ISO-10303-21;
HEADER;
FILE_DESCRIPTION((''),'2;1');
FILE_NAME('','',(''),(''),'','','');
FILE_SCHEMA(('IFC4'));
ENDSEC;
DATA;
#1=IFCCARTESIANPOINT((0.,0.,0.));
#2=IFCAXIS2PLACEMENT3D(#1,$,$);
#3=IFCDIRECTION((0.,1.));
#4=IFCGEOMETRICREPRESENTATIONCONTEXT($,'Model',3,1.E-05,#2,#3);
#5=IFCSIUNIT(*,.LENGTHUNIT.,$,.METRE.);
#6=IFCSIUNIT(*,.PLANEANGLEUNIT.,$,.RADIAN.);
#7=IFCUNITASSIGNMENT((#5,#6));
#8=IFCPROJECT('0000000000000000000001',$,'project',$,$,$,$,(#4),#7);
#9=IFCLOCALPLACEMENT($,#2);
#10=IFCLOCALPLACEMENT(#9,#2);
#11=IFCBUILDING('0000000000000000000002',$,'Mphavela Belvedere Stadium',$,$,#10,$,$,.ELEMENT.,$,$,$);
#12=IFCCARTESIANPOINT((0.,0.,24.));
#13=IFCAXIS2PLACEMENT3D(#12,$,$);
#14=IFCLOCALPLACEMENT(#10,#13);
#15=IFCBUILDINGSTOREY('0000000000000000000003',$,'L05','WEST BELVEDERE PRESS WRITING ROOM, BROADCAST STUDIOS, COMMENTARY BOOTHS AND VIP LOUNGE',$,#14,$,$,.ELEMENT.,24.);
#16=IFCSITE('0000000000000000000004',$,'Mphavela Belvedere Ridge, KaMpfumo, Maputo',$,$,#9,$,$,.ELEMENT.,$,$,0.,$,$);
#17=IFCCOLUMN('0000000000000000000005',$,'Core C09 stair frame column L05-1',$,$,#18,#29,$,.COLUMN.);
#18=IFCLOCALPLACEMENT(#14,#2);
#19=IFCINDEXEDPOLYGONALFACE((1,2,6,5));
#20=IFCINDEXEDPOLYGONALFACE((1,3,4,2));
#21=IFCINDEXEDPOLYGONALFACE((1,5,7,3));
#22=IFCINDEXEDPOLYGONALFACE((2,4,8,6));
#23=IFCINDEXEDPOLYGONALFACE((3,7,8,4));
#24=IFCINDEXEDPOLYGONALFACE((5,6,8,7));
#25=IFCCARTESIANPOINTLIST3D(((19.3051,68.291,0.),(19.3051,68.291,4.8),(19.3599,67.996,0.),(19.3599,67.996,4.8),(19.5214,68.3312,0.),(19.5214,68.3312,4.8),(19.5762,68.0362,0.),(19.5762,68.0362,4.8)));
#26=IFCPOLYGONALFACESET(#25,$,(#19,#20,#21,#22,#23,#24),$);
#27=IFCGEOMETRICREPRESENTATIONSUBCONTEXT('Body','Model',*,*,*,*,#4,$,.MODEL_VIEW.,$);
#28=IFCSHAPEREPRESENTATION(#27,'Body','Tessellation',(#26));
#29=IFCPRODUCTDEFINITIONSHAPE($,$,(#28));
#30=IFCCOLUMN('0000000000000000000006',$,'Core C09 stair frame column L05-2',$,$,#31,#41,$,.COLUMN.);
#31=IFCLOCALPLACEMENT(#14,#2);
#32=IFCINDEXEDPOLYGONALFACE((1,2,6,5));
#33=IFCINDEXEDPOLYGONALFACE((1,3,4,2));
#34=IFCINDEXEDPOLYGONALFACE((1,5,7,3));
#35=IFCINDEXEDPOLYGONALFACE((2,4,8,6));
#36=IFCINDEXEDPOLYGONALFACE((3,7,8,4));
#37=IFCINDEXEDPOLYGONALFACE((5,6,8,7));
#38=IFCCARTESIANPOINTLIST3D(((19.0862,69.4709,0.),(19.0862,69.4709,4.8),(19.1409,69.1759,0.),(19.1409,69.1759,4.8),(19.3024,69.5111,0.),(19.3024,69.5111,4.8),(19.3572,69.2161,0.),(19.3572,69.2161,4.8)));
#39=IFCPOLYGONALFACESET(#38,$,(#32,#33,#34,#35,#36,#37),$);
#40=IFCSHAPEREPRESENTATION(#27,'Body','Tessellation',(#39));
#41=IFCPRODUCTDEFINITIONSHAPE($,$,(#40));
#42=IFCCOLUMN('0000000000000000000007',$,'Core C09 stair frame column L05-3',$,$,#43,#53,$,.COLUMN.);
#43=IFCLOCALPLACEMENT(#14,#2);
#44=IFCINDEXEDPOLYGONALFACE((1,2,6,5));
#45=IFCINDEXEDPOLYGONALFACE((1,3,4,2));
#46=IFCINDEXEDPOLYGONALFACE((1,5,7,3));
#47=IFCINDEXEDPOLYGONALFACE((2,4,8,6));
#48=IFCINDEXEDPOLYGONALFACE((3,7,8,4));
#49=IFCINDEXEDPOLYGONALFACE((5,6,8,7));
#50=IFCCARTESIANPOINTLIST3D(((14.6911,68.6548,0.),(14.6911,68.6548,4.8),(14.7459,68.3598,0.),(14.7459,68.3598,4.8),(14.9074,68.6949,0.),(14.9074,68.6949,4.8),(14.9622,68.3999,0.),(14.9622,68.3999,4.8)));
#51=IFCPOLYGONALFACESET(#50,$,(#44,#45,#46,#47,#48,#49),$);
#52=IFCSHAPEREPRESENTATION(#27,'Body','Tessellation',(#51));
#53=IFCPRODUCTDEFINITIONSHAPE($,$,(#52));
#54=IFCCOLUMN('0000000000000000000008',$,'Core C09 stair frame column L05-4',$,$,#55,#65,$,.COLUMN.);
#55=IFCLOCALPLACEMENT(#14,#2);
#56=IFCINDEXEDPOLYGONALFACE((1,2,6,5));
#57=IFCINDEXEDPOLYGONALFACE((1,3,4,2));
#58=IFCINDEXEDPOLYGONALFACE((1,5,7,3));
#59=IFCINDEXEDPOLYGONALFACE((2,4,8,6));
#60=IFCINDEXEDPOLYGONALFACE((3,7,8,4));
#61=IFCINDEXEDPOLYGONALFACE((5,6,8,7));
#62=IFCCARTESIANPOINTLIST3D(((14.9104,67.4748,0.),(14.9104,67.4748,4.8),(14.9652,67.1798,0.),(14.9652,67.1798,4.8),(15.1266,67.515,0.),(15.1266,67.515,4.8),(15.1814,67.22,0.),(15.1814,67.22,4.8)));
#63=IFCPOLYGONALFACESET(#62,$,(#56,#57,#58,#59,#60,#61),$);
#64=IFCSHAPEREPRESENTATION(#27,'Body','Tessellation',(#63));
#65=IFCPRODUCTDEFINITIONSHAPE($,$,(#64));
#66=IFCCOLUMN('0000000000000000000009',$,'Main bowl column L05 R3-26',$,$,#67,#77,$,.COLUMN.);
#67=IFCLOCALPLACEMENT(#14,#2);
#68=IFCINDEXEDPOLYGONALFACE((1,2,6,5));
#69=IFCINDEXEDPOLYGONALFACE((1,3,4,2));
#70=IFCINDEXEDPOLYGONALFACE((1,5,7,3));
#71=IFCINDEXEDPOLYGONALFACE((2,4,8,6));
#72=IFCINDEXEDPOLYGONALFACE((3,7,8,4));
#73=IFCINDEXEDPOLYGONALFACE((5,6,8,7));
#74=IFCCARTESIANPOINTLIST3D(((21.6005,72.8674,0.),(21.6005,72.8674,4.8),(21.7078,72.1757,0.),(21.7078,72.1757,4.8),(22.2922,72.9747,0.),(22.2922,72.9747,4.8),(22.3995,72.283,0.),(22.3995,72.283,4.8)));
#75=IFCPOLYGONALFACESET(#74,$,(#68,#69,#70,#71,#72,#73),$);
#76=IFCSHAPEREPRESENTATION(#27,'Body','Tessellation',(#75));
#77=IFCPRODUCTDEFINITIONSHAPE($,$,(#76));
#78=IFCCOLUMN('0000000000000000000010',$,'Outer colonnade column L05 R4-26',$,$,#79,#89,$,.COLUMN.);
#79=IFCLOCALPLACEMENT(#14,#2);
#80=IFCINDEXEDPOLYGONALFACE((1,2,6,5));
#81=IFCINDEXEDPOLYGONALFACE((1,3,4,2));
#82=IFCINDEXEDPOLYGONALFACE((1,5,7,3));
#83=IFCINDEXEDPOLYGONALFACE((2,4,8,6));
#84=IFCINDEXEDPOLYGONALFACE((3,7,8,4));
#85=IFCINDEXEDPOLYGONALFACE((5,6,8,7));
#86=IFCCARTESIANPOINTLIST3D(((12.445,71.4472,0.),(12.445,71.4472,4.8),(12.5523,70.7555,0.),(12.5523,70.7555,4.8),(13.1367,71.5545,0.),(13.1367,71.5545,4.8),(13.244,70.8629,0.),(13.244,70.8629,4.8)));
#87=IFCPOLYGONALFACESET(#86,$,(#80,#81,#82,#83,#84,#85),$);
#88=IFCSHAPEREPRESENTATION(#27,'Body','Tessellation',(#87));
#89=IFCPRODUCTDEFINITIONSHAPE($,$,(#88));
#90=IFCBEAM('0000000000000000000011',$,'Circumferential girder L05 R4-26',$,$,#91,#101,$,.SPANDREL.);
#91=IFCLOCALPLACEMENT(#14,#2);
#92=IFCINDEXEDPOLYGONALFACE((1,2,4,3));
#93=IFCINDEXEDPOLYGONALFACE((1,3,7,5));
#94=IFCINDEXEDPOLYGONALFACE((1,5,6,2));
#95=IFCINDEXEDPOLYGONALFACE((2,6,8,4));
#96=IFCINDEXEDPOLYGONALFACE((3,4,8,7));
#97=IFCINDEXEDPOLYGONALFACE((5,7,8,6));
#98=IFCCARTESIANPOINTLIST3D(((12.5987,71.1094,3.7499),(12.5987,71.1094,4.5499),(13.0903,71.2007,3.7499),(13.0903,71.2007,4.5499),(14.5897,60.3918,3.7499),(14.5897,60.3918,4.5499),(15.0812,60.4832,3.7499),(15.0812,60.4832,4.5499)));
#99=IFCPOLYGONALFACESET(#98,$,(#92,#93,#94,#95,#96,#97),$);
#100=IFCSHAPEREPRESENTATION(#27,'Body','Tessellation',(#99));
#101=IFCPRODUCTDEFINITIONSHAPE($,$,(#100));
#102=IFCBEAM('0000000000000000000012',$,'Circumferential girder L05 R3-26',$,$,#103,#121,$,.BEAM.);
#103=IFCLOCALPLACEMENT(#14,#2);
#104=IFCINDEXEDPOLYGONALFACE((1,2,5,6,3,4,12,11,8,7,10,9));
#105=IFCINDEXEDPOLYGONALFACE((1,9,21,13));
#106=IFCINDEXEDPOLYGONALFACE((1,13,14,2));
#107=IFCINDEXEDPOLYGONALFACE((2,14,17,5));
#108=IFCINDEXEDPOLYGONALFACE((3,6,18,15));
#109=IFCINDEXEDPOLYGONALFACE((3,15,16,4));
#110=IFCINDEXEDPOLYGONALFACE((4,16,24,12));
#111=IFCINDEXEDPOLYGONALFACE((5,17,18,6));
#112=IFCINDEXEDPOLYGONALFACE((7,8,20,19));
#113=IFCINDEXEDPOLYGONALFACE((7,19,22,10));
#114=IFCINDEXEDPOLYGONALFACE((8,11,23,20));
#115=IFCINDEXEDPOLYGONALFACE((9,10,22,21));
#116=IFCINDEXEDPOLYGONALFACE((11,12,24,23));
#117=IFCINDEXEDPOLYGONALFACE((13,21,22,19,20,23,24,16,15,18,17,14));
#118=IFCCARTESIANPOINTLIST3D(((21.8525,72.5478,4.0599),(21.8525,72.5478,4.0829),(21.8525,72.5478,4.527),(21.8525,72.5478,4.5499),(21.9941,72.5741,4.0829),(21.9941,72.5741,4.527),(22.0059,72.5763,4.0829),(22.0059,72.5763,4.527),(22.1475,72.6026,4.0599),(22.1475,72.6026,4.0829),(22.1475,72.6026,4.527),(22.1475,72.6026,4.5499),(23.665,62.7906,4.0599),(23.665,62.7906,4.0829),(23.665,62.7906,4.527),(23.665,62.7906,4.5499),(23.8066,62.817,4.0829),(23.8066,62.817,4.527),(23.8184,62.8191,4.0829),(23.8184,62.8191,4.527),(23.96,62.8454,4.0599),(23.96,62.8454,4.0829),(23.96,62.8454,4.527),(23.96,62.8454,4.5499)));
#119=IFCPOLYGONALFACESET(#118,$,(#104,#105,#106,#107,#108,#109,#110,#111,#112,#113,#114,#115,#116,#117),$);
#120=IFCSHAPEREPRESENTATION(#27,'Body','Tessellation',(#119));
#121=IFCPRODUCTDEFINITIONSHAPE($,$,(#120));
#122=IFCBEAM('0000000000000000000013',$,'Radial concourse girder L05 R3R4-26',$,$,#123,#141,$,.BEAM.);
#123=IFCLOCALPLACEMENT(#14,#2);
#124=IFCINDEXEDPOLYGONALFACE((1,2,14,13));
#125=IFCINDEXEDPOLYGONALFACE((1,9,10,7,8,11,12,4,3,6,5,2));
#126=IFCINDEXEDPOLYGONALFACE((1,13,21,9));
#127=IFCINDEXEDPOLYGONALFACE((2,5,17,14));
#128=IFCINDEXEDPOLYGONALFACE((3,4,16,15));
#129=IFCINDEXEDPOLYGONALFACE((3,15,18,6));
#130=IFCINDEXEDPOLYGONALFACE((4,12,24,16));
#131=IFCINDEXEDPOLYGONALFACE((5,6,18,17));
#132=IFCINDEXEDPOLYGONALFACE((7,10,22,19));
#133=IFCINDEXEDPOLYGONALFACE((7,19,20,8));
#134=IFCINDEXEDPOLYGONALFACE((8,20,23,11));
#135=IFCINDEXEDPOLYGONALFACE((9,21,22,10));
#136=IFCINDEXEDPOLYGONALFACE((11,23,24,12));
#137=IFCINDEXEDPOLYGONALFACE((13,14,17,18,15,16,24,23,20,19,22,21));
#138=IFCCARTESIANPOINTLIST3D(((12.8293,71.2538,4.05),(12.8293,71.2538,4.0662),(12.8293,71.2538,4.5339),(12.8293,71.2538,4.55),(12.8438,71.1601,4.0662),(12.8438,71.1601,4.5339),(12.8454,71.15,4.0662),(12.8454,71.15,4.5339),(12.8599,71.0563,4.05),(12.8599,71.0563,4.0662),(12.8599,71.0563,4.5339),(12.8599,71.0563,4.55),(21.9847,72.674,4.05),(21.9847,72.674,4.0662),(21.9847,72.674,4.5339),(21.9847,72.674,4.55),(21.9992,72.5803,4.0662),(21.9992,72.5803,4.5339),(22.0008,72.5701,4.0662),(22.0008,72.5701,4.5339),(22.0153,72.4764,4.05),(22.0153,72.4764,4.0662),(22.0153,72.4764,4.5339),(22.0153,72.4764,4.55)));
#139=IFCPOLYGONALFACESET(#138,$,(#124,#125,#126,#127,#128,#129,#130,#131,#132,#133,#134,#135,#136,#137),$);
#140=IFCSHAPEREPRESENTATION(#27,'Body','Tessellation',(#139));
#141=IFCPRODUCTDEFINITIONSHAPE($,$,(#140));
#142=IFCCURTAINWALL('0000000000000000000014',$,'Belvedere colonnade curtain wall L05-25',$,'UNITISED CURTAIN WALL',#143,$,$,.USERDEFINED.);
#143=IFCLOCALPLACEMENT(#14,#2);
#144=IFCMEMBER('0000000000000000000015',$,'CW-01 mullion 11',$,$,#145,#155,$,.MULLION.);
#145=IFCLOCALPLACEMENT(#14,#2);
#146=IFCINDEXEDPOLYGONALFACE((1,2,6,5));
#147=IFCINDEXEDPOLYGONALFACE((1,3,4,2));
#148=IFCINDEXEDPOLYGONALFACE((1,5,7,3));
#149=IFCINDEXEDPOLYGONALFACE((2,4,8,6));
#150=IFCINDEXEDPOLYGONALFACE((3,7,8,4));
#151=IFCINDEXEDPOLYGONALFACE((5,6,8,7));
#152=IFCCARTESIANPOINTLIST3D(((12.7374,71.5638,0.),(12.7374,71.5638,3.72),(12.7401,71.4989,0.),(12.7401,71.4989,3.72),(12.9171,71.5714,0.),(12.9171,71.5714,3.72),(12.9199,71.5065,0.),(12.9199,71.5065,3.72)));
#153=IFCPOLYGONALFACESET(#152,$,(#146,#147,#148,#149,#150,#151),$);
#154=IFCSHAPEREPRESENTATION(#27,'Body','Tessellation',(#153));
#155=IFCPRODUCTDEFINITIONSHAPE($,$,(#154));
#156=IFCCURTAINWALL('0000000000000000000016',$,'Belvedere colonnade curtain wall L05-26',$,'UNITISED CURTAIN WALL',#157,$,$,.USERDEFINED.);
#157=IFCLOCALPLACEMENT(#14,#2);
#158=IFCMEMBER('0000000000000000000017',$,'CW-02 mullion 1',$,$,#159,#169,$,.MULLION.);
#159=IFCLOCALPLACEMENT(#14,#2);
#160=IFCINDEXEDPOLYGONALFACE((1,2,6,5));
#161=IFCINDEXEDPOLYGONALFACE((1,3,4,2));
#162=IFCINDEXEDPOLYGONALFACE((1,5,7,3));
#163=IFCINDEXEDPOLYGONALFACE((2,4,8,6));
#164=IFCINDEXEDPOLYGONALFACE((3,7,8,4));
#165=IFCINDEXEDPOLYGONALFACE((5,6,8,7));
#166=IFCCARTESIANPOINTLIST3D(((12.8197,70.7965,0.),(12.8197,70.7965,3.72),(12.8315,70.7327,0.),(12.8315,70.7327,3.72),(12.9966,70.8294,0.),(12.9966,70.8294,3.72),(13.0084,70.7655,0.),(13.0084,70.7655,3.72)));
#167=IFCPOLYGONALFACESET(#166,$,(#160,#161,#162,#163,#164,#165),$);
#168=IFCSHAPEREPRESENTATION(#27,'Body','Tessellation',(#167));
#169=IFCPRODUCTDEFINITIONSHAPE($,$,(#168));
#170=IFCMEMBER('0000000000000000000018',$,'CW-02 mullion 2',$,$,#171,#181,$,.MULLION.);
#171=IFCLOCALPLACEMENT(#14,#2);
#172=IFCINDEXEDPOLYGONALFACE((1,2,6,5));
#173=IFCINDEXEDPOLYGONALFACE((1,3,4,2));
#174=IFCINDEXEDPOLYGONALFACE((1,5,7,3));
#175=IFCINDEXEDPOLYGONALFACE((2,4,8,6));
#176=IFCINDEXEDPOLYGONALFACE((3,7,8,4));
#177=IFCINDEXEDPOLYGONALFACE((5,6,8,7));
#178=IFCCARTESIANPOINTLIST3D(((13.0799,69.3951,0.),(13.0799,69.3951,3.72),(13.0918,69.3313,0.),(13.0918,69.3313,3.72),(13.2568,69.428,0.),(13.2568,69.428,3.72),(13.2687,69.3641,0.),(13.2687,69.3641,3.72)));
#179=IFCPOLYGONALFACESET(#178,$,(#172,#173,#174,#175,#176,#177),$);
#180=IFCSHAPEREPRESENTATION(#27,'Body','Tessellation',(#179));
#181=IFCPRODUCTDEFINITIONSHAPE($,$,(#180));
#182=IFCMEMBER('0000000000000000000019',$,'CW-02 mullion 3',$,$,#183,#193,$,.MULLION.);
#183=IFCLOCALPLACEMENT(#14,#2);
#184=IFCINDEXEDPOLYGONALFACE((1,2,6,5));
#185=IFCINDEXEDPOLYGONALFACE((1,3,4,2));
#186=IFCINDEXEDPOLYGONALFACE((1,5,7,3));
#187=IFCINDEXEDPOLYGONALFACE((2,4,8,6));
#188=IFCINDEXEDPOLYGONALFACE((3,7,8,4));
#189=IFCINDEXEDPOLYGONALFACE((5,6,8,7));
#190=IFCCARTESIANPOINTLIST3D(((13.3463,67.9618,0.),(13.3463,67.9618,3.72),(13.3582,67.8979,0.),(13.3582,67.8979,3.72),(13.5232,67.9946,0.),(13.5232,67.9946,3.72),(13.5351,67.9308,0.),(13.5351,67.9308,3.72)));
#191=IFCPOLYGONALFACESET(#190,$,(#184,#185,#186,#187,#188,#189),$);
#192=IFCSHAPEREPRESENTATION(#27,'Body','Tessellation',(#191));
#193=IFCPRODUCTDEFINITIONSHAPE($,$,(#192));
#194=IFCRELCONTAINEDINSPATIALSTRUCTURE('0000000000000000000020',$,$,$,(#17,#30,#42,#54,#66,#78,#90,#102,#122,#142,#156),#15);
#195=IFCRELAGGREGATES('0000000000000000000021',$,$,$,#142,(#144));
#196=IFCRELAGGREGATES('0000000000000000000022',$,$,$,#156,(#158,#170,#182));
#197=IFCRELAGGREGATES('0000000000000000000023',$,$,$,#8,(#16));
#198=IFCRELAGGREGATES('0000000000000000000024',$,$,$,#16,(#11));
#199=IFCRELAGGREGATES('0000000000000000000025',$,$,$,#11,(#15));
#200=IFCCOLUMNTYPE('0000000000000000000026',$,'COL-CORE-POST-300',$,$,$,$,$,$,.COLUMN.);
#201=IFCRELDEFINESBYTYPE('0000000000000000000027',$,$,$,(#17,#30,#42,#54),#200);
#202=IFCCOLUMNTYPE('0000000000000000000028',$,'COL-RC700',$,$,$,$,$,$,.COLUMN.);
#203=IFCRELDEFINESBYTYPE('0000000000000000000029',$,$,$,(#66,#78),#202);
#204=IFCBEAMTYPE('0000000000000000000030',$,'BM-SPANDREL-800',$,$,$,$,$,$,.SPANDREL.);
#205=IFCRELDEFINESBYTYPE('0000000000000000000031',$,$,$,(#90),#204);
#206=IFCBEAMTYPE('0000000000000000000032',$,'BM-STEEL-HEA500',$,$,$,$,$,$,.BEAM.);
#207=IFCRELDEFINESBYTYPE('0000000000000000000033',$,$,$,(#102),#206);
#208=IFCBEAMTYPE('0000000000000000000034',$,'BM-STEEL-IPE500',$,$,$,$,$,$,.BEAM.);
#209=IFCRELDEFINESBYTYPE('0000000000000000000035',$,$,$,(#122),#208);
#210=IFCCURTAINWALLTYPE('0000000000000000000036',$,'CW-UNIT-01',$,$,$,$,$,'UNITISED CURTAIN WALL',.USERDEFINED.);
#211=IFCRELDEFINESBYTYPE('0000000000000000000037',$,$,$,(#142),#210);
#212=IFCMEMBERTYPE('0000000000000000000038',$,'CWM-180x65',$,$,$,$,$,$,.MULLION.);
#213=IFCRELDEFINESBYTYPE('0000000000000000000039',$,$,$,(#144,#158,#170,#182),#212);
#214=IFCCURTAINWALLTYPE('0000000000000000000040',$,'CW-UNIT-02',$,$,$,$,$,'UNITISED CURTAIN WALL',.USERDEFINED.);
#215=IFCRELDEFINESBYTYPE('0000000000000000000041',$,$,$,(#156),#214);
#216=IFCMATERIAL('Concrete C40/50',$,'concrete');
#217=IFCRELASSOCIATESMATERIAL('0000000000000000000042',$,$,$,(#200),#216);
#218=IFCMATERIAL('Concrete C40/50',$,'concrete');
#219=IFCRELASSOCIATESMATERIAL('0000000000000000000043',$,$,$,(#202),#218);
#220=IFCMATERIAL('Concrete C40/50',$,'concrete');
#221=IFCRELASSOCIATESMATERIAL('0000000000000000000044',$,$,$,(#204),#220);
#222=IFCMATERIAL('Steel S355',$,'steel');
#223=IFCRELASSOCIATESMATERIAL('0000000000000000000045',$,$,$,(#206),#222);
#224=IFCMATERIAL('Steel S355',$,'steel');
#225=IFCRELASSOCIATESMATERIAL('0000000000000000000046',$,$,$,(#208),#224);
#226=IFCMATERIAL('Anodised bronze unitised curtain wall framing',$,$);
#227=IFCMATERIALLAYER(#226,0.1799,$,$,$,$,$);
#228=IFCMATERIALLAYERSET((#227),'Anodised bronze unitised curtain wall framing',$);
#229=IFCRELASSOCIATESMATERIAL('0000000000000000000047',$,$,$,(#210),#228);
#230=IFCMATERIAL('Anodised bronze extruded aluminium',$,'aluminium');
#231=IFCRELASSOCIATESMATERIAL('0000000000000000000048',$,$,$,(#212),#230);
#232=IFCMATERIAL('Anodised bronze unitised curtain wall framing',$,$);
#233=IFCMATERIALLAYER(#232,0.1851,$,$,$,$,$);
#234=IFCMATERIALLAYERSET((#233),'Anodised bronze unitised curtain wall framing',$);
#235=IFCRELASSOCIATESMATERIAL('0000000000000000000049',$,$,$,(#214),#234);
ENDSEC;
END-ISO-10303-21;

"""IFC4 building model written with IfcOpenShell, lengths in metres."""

from ifc_helpers import new_model, si_unit, direction, frame, origin, origin_2d, place, context, subcontext, project, spatial, rectangle, i_section, extrude, material, layer, layer_set, material_profile, profile_set, type_object, element, aggregate, save


model = new_model("IFC4")

# Units and contexts
model_context = context("Model", 3, precision=1e-05, world=origin(), true_north=direction((0.0, 1.0)))
body_context = subcontext(model_context, "Body", "Model", "MODEL_VIEW")
ifc_project = project(units=[si_unit("LENGTHUNIT", "METRE"), si_unit("PLANEANGLEUNIT", "RADIAN")], contexts=[model_context])

# Site, building, storey
site_placement = place(None, origin())
site = spatial("IfcSite", under=ifc_project, at=site_placement, Name="Mphavela Belvedere Ridge, KaMpfumo, Maputo", CompositionType="ELEMENT", RefElevation=0.0)
building_placement = place(site_placement, origin())
building = spatial("IfcBuilding", under=site, at=building_placement, Name="Mphavela Belvedere Stadium", CompositionType="ELEMENT")
storey_placement = place(building_placement, frame((0.0, 0.0, 24.0)))
storey = spatial("IfcBuildingStorey", under=building, at=storey_placement, Name="L05", Description="WEST BELVEDERE PRESS WRITING ROOM, BROADCAST STUDIOS, COMMENTARY BOOTHS AND VIP LOUNGE", CompositionType="ELEMENT", Elevation=24.0)

# Columns
ifc_material_1 = material(Name="Concrete C40/50", Category="concrete")
ifc_material_profile_1 = material_profile(ifc_material_1, rectangle(XDim=0.3, YDim=0.22, at=origin_2d()), Name="RC 300x220")
ifc_profile_set_1 = profile_set([ifc_material_profile_1], Name="Concrete C40/50")
column_type_1 = type_object("IfcColumnType", Name="COL-CORE-POST-300", PredefinedType="COLUMN", material=ifc_profile_set_1)
for number, where, z_axis, x_axis, name in (
    (1, (19.4407, 68.1636, 0.0), (0.0, 0.0, 1.0), (-0.182579, 0.983191, 0.0), "Core C09 stair frame column L05-1"),
    (2, (19.2217, 69.3435, 0.0), (0.0, 0.0, 1.0), (-0.182579, 0.983191, 0.0), "Core C09 stair frame column L05-2"),
    (3, (14.8267, 68.5273, 0.0), (0.0, 0.0, 1.0), (-0.182579, 0.983191, 0.0), "Core C09 stair frame column L05-3"),
    (4, (15.0459, 67.3474, 0.0), (0.0, 0.0, 1.0), (-0.182579, 0.983191, 0.0), "Core C09 stair frame column L05-4"),
):
    element("IfcColumn", number, at=place(storey_placement, frame(where, z_axis=z_axis, x_axis=x_axis)), inside=storey, type_object=column_type_1, Name=name, PredefinedType="COLUMN", context=body_context, shape_type="SweptSolid", body=[
        extrude(rectangle(XDim=0.3, YDim=0.22, at=origin_2d()), origin(), (0.0, 0.0, 1.0), 4.8),
    ])
ifc_material_2 = material(Name="Concrete C40/50", Category="concrete")
ifc_material_profile_2 = material_profile(ifc_material_2, rectangle(XDim=0.7, YDim=0.7, at=origin_2d()), Name="RC 700x700")
ifc_profile_set_2 = profile_set([ifc_material_profile_2], Name="Concrete C40/50")
column_type_2 = type_object("IfcColumnType", Name="COL-RC700", PredefinedType="COLUMN", material=ifc_profile_set_2)
for number, where, z_axis, x_axis, name in (
    (5, (22.0, 72.5752, 0.0), (0.0, 0.0, 1.0), (-0.988175, -0.153331, 0.0), "Main bowl column L05 R3-26"),
    (6, (12.8445, 71.155, 0.0), (0.0, 0.0, 1.0), (-0.988175, -0.153331, 0.0), "Outer colonnade column L05 R4-26"),
):
    element("IfcColumn", number, at=place(storey_placement, frame(where, z_axis=z_axis, x_axis=x_axis)), inside=storey, type_object=column_type_2, Name=name, PredefinedType="COLUMN", context=body_context, shape_type="SweptSolid", body=[
        extrude(rectangle(XDim=0.7, YDim=0.7, at=origin_2d()), origin(), (0.0, 0.0, 1.0), 4.8),
    ])

# Beams
ifc_material_3 = material(Name="Concrete C40/50", Category="concrete")
ifc_material_profile_3 = material_profile(ifc_material_3, rectangle(XDim=0.5, YDim=0.8, at=origin_2d()), Name="RC 500x800")
ifc_profile_set_3 = profile_set([ifc_material_profile_3], Name="Concrete C40/50")
beam_type_1 = type_object("IfcBeamType", Name="BM-SPANDREL-800", PredefinedType="SPANDREL", material=ifc_profile_set_3)
beam_1_placement = place(storey_placement, frame((12.8445, 71.155, 4.1499), z_axis=(0.182643, -0.983179, 0.0), x_axis=(0.983179, 0.182643, 0.0)))
element("IfcBeam", 7, at=beam_1_placement, inside=storey, type_object=beam_type_1, Name="Circumferential girder L05 R4-26", PredefinedType="SPANDREL", context=body_context, shape_type="SweptSolid", body=[
    extrude(rectangle(XDim=0.5, YDim=0.8, at=origin_2d()), origin(), (0.0, 0.0, 1.0), 10.9009),
])
ifc_material_4 = material(Name="Steel S355", Category="steel")
ifc_material_profile_4 = material_profile(ifc_material_4, i_section(OverallWidth=0.3, OverallDepth=0.49, WebThickness=0.012, FlangeThickness=0.0229, at=origin_2d()), Name="HEA 500")
ifc_profile_set_4 = profile_set([ifc_material_profile_4], Name="Steel S355")
beam_type_2 = type_object("IfcBeamType", Name="BM-STEEL-HEA500", PredefinedType="BEAM", material=ifc_profile_set_4)
beam_2_placement = place(storey_placement, frame((22.0, 72.5752, 4.3049), z_axis=(0.182638, -0.98318, 0.0), x_axis=(0.98318, 0.182638, 0.0)))
element("IfcBeam", 8, at=beam_2_placement, inside=storey, type_object=beam_type_2, Name="Circumferential girder L05 R3-26", PredefinedType="BEAM", context=body_context, shape_type="SweptSolid", body=[
    extrude(i_section(OverallWidth=0.3, OverallDepth=0.49, WebThickness=0.012, FlangeThickness=0.0229, at=origin_2d()), origin(), (0.0, 0.0, 1.0), 9.9241),
])
ifc_material_5 = material(Name="Steel S355", Category="steel")
ifc_material_profile_5 = material_profile(ifc_material_5, i_section(OverallWidth=0.2, OverallDepth=0.5, WebThickness=0.0103, FlangeThickness=0.0161, at=origin_2d()), Name="IPE 500")
ifc_profile_set_5 = profile_set([ifc_material_profile_5], Name="Steel S355")
beam_type_3 = type_object("IfcBeamType", Name="BM-STEEL-IPE500", PredefinedType="BEAM", material=ifc_profile_set_5)
beam_3_placement = place(storey_placement, frame((22.0, 72.5752, 4.3), z_axis=(-0.988182, -0.153283, 0.0), x_axis=(0.153283, -0.988182, 0.0)))
element("IfcBeam", 9, at=beam_3_placement, inside=storey, type_object=beam_type_3, Name="Radial concourse girder L05 R3R4-26", PredefinedType="BEAM", context=body_context, shape_type="SweptSolid", body=[
    extrude(i_section(OverallWidth=0.2, OverallDepth=0.5, WebThickness=0.0103, FlangeThickness=0.0161, at=origin_2d()), origin(), (0.0, 0.0, 1.0), 9.2649),
])

# Curtain wall, member
ifc_material_6 = material(Name="Anodised bronze unitised curtain wall framing")
ifc_layer_1 = layer(ifc_material_6, 0.1799)
ifc_layer_set_1 = layer_set([ifc_layer_1], Name="Anodised bronze unitised curtain wall framing")
curtain_wall_type_1 = type_object("IfcCurtainWallType", Name="CW-UNIT-01", ElementType="UNITISED CURTAIN WALL", PredefinedType="USERDEFINED", material=ifc_layer_set_1)
curtain_wall_1_placement = place(storey_placement, origin())
curtain_wall_1 = element("IfcCurtainWall", 10, at=curtain_wall_1_placement, inside=storey, type_object=curtain_wall_type_1, Name="Belvedere colonnade curtain wall L05-25", ObjectType="UNITISED CURTAIN WALL", PredefinedType="USERDEFINED")
ifc_material_7 = material(Name="Anodised bronze extruded aluminium", Category="aluminium")
ifc_material_profile_6 = material_profile(ifc_material_7, rectangle(XDim=0.1799, YDim=0.0649, at=origin_2d()), Name="CW-MUL 180x65")
ifc_profile_set_6 = profile_set([ifc_material_profile_6], Name="Anodised bronze extruded aluminium")
member_type_1 = type_object("IfcMemberType", Name="CWM-180x65", PredefinedType="MULLION", material=ifc_profile_set_6)
member_1_placement = place(storey_placement, frame((12.8286, 71.5352, 0.0), z_axis=(0.0, 0.0, 1.0), x_axis=(0.999122, 0.041905, 0.0)))
member_1 = element("IfcMember", 11, at=member_1_placement, type_object=member_type_1, Name="CW-01 mullion 11", PredefinedType="MULLION", context=body_context, shape_type="SweptSolid", body=[
    extrude(rectangle(XDim=0.1799, YDim=0.0649, at=origin_2d()), origin(), (0.0, 0.0, 1.0), 3.72),
])

# Curtain wall, members
ifc_material_8 = material(Name="Anodised bronze unitised curtain wall framing")
ifc_layer_2 = layer(ifc_material_8, 0.1851)
ifc_layer_set_2 = layer_set([ifc_layer_2], Name="Anodised bronze unitised curtain wall framing")
curtain_wall_type_2 = type_object("IfcCurtainWallType", Name="CW-UNIT-02", ElementType="UNITISED CURTAIN WALL", PredefinedType="USERDEFINED", material=ifc_layer_set_2)
curtain_wall_2_placement = place(storey_placement, origin())
curtain_wall_2 = element("IfcCurtainWall", 12, at=curtain_wall_2_placement, inside=storey, type_object=curtain_wall_type_2, Name="Belvedere colonnade curtain wall L05-26", ObjectType="UNITISED CURTAIN WALL", PredefinedType="USERDEFINED")
member_2_placement = place(storey_placement, frame((12.9141, 70.781, 0.0), z_axis=(0.0, 0.0, 1.0), x_axis=(0.983184, 0.182618, 0.0)))
member_2 = element("IfcMember", 13, at=member_2_placement, type_object=member_type_1, Name="CW-02 mullion 1", PredefinedType="MULLION", context=body_context, shape_type="SweptSolid", body=[
    extrude(rectangle(XDim=0.1799, YDim=0.0649, at=origin_2d()), origin(), (0.0, 0.0, 1.0), 3.72),
])
member_3_placement = place(storey_placement, frame((13.1743, 69.3796, 0.0), z_axis=(0.0, 0.0, 1.0), x_axis=(0.983184, 0.182618, 0.0)))
member_3 = element("IfcMember", 14, at=member_3_placement, type_object=member_type_1, Name="CW-02 mullion 2", PredefinedType="MULLION", context=body_context, shape_type="SweptSolid", body=[
    extrude(rectangle(XDim=0.1799, YDim=0.0649, at=origin_2d()), origin(), (0.0, 0.0, 1.0), 3.72),
])
member_4_placement = place(storey_placement, frame((13.4407, 67.9463, 0.0), z_axis=(0.0, 0.0, 1.0), x_axis=(0.983184, 0.182618, 0.0)))
member_4 = element("IfcMember", 15, at=member_4_placement, type_object=member_type_1, Name="CW-02 mullion 3", PredefinedType="MULLION", context=body_context, shape_type="SweptSolid", body=[
    extrude(rectangle(XDim=0.1799, YDim=0.0649, at=origin_2d()), origin(), (0.0, 0.0, 1.0), 3.72),
])

aggregate(curtain_wall_1, [member_1])
aggregate(curtain_wall_2, [member_2, member_3, member_4])

save(model, "model.ifc")
